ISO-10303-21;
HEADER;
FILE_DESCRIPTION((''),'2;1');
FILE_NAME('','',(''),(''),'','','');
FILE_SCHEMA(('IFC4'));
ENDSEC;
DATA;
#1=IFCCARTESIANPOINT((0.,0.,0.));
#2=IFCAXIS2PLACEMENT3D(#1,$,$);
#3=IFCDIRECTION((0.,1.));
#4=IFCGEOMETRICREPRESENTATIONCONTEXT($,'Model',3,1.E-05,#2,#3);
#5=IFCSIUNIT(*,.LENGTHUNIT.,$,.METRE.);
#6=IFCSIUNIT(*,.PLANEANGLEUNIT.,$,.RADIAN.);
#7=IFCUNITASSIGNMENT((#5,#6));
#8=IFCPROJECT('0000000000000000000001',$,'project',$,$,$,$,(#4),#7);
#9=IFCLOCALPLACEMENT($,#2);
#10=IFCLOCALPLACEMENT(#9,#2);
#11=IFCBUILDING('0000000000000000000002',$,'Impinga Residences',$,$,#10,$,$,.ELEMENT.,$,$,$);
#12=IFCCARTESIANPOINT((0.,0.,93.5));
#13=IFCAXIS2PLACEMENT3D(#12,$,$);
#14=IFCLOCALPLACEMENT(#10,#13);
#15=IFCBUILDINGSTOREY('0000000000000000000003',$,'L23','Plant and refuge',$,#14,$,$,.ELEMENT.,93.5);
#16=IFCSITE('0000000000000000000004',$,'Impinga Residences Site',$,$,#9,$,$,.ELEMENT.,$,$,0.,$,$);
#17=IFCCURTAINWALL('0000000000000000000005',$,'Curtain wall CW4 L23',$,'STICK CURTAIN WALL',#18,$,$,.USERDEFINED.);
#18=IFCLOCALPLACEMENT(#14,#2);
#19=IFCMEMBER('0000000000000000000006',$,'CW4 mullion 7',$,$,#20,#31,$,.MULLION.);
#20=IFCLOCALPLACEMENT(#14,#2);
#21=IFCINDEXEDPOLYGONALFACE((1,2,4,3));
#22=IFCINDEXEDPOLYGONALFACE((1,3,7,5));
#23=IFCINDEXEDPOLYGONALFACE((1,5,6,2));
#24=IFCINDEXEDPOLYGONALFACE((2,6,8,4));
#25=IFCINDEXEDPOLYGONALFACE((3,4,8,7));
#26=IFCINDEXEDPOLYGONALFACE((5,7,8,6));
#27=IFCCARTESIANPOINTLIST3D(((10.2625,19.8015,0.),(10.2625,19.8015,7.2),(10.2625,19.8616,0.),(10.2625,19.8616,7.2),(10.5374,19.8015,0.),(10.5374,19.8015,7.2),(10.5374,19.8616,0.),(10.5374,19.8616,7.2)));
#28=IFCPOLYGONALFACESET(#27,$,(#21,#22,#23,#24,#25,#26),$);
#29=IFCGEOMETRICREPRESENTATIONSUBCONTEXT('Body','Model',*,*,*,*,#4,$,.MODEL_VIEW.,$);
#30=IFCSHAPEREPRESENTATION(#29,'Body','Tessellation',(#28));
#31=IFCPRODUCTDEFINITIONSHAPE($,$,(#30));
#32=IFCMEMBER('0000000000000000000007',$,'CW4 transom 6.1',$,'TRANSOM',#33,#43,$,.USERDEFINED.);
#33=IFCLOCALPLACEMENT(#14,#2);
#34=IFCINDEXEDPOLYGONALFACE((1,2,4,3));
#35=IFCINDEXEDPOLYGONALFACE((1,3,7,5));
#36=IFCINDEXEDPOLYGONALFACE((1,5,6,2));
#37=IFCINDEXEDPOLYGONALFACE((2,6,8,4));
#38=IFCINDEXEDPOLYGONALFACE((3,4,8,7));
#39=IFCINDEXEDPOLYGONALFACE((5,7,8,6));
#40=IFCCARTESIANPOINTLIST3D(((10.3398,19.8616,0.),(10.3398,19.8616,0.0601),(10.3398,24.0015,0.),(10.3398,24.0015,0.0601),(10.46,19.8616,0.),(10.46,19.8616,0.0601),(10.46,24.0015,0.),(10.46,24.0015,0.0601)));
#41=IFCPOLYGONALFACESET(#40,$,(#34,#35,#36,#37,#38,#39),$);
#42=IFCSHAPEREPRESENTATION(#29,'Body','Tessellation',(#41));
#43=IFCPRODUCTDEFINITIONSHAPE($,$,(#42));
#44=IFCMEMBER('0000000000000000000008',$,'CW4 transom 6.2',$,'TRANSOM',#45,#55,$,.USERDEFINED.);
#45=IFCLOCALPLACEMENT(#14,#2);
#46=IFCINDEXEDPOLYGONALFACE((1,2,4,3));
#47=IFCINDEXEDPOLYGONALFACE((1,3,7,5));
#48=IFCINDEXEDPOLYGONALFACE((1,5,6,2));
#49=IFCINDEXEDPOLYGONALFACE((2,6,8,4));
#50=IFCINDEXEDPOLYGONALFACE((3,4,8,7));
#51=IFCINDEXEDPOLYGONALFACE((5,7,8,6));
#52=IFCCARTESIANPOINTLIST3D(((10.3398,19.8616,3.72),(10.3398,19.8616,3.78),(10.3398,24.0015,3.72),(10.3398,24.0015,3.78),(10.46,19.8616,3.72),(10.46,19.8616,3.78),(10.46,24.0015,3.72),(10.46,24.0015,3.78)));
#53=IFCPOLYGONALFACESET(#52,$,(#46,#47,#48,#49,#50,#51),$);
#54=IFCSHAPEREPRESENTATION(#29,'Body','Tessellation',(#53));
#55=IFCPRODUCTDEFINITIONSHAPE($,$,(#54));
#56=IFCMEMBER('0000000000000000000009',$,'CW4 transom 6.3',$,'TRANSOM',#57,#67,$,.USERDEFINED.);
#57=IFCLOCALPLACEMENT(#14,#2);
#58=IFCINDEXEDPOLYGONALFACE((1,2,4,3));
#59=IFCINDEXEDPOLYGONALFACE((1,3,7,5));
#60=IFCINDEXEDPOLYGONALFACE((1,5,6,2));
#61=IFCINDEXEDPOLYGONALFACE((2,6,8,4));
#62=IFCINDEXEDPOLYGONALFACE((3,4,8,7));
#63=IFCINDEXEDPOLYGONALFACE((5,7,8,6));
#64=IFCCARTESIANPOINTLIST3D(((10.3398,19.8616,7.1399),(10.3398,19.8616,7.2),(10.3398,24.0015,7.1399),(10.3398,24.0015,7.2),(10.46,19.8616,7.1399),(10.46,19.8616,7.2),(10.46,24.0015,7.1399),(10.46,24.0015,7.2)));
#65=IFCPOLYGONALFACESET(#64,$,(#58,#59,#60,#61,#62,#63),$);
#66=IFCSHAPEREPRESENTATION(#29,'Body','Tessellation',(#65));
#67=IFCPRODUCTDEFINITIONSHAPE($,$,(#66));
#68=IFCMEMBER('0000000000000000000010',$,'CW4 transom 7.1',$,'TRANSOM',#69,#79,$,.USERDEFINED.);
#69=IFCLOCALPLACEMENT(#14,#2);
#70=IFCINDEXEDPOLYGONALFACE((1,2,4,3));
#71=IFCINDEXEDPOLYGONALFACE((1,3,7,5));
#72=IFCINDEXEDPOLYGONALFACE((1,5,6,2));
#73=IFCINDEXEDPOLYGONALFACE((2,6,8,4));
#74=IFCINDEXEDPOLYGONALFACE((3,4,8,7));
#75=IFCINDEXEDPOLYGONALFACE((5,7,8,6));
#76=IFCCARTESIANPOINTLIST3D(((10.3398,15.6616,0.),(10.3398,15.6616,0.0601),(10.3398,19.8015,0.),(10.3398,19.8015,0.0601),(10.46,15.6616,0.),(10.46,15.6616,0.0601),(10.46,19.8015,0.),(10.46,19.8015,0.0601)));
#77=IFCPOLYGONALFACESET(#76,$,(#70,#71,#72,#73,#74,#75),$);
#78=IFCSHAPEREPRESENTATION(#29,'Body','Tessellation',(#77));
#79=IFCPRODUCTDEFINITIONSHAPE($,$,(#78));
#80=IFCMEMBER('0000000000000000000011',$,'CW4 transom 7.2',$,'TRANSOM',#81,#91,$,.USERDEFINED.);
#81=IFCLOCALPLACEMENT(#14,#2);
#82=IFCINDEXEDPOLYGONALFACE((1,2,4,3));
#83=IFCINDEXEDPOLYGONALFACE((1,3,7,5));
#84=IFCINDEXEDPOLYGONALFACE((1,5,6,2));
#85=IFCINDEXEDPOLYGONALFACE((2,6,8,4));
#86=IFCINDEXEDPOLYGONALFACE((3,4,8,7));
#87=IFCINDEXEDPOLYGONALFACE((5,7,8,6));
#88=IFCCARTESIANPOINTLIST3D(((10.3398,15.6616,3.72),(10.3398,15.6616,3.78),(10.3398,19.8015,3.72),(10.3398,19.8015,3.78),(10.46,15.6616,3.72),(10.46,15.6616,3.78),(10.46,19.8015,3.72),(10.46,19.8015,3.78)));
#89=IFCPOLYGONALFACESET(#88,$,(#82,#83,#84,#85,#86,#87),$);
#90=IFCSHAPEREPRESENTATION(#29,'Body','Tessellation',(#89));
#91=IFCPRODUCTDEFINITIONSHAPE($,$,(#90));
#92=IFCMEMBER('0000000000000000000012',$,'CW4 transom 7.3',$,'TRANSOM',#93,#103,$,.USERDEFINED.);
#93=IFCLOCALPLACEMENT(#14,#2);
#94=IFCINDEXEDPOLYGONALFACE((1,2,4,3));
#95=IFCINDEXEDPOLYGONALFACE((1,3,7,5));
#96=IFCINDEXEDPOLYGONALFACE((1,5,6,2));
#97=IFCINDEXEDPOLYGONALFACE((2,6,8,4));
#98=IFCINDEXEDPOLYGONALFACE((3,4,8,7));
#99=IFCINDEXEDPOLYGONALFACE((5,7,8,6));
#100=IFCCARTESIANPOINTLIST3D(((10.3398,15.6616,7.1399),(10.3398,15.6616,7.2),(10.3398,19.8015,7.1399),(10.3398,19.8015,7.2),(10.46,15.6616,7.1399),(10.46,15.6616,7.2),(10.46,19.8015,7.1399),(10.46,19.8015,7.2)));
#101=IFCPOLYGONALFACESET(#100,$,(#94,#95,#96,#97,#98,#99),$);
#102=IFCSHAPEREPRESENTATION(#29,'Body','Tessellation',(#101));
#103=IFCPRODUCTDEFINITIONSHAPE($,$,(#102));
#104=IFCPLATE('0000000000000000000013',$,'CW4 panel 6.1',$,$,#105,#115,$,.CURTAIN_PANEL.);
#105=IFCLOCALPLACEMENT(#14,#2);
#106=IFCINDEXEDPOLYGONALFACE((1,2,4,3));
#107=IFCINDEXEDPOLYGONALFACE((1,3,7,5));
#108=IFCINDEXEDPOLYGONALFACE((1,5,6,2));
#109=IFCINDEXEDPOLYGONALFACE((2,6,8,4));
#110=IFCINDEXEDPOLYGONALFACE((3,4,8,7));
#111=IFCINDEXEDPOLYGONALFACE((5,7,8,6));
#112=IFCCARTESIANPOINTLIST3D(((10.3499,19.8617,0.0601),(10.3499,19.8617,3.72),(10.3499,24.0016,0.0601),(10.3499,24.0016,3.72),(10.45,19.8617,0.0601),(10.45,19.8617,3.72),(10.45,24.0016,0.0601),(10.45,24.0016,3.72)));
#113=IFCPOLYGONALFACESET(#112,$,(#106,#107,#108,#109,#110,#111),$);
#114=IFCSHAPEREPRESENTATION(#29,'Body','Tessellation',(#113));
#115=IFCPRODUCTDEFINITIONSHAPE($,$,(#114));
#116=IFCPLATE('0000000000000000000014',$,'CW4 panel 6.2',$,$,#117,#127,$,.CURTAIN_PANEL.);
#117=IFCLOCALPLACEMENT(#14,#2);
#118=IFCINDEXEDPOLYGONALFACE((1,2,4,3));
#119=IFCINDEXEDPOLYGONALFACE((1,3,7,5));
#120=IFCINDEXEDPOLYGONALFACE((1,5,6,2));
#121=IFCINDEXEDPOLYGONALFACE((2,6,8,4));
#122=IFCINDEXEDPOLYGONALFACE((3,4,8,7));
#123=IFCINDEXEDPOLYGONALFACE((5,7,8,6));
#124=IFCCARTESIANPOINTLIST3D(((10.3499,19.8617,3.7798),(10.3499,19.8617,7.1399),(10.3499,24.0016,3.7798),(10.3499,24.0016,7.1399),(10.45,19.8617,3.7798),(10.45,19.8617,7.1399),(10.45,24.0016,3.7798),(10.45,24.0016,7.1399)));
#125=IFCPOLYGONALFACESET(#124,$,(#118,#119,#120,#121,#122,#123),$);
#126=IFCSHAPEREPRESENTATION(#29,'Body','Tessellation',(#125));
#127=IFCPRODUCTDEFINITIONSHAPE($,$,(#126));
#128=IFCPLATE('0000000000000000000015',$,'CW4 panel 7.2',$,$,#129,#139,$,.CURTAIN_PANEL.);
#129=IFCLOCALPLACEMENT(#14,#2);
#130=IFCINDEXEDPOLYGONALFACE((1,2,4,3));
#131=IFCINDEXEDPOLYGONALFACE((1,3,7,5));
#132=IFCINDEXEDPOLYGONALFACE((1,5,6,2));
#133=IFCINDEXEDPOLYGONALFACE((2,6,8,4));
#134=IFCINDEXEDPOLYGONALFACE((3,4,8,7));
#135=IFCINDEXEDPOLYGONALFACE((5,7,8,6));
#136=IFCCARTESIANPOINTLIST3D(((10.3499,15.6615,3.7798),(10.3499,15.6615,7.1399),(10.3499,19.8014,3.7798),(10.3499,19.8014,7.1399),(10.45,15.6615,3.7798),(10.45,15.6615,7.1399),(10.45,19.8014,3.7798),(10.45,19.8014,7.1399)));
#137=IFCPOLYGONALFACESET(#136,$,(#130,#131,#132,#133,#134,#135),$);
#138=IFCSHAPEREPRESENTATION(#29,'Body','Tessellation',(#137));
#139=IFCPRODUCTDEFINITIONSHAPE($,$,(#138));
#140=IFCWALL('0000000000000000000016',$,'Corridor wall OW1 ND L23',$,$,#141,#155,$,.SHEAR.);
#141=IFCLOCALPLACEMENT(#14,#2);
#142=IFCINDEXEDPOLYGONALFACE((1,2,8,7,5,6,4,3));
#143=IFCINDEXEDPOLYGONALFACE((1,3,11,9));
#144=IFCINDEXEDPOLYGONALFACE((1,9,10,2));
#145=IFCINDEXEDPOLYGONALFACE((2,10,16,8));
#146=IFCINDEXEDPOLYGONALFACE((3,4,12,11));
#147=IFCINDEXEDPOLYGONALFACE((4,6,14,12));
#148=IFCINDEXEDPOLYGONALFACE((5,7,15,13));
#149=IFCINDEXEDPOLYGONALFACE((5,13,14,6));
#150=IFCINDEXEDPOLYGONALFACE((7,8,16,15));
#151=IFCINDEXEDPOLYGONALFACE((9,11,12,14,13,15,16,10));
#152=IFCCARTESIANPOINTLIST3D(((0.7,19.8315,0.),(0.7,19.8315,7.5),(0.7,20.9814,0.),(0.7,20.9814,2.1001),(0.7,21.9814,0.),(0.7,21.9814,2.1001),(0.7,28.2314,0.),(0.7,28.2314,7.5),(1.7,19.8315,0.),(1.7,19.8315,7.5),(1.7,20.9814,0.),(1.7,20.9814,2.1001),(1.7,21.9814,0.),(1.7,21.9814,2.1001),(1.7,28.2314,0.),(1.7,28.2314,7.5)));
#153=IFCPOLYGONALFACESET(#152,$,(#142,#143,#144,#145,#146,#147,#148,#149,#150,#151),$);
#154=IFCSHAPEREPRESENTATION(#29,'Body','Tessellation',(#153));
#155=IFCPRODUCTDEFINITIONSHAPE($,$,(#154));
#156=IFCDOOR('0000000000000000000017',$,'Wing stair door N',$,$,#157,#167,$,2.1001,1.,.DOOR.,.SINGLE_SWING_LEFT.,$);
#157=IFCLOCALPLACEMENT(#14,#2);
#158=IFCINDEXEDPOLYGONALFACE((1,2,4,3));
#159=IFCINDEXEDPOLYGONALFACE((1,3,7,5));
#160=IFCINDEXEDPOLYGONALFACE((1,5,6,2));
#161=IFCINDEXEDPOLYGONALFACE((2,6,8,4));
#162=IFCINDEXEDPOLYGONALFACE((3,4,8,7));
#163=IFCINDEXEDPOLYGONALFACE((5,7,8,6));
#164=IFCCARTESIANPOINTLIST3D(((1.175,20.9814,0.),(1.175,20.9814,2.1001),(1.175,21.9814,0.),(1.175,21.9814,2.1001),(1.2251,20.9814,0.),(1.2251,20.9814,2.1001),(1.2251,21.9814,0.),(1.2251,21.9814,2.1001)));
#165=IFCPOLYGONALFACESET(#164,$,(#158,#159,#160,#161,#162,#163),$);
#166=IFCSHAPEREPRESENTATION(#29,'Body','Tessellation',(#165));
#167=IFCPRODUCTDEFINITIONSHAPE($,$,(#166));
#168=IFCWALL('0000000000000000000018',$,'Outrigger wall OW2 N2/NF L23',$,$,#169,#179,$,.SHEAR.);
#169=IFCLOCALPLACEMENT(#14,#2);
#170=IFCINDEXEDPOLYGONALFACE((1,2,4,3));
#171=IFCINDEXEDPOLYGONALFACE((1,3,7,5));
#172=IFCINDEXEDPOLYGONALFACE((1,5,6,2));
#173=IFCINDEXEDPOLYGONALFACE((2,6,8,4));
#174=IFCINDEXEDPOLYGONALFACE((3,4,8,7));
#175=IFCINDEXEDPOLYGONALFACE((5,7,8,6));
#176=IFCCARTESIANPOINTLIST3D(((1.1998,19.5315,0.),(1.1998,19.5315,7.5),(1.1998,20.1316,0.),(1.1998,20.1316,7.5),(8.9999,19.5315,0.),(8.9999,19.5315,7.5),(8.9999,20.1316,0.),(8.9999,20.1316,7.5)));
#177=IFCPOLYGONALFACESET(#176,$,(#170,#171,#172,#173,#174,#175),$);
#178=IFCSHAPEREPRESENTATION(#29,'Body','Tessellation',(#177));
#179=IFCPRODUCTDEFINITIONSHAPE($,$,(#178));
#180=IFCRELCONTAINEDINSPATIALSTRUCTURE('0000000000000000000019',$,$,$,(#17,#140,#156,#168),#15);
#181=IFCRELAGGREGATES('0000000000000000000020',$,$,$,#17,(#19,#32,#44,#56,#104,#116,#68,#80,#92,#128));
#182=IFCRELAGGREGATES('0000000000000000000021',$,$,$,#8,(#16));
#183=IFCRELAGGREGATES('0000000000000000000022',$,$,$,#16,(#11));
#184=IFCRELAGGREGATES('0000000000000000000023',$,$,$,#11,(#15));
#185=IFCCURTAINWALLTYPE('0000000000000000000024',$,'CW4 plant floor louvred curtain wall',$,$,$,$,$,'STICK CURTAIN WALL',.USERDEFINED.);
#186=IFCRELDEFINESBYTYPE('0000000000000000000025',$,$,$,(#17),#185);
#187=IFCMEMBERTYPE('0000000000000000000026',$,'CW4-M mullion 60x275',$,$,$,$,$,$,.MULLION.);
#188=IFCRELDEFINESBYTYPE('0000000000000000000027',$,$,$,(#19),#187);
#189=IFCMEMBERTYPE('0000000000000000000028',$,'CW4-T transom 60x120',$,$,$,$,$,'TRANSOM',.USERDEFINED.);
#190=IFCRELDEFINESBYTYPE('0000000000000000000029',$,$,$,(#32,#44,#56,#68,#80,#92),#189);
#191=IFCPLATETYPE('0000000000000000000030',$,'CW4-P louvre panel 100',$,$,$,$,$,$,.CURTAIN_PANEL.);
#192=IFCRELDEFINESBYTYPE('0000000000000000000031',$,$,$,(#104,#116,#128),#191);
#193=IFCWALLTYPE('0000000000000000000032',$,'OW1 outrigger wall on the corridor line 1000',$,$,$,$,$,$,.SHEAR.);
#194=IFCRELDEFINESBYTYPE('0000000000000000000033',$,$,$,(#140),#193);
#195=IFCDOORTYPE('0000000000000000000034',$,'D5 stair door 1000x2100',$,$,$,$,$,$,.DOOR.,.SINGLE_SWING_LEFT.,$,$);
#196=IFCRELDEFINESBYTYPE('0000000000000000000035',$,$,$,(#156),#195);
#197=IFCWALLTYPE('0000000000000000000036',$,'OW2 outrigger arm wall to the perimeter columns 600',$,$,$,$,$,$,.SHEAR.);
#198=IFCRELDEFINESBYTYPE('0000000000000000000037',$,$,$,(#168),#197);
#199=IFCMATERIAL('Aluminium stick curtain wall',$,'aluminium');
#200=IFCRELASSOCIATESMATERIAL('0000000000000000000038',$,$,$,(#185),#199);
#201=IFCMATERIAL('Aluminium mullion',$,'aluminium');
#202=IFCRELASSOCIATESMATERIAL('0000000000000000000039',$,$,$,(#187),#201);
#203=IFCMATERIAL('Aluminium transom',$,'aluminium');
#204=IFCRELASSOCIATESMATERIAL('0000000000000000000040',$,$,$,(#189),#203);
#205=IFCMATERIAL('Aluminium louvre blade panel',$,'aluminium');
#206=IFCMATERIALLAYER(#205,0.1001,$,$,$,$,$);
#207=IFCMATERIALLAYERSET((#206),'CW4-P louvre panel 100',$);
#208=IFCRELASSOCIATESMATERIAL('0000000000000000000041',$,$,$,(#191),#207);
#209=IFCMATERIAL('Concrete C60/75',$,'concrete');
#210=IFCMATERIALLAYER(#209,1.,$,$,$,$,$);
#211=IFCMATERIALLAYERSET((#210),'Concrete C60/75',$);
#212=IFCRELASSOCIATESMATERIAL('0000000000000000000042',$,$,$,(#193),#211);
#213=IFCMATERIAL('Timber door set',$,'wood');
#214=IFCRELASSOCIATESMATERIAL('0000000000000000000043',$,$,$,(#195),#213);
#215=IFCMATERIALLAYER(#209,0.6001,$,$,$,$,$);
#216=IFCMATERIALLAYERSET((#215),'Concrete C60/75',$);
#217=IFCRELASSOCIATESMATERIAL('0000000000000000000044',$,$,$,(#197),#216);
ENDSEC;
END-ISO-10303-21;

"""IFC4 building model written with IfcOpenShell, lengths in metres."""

from ifc_helpers import new_model, si_unit, direction, frame, frame_2d, origin, origin_2d, place, context, subcontext, project, spatial, rectangle, extrude, material, layer, layer_set, material_profile, profile_set, type_object, element, fill, aggregate, save


model = new_model("IFC4")

# Units and contexts
model_context = context("Model", 3, precision=1e-05, world=origin(), true_north=direction((0.0, 1.0)))
body_context = subcontext(model_context, "Body", "Model", "MODEL_VIEW")
ifc_project = project(units=[si_unit("LENGTHUNIT", "METRE"), si_unit("PLANEANGLEUNIT", "RADIAN")], contexts=[model_context])

# Site, building, storey
site_placement = place(None, origin())
site = spatial("IfcSite", under=ifc_project, at=site_placement, Name="Impinga Residences Site", CompositionType="ELEMENT", RefElevation=0.0)
building_placement = place(site_placement, origin())
building = spatial("IfcBuilding", under=site, at=building_placement, Name="Impinga Residences", CompositionType="ELEMENT")
storey_placement = place(building_placement, frame((0.0, 0.0, 93.5)))
storey = spatial("IfcBuildingStorey", under=building, at=storey_placement, Name="L23", Description="Plant and refuge", CompositionType="ELEMENT", Elevation=93.5)

# Curtain wall, members, plates
ifc_material_1 = material(Name="Aluminium stick curtain wall", Category="aluminium")
curtain_wall_type = type_object("IfcCurtainWallType", Name="CW4 plant floor louvred curtain wall", ElementType="STICK CURTAIN WALL", PredefinedType="USERDEFINED", material=ifc_material_1)
curtain_wall_placement = place(storey_placement, origin())
curtain_wall = element("IfcCurtainWall", 1, at=curtain_wall_placement, inside=storey, type_object=curtain_wall_type, Name="Curtain wall CW4 L23", ObjectType="STICK CURTAIN WALL", PredefinedType="USERDEFINED")
ifc_material_2 = material(Name="Aluminium mullion", Category="aluminium")
ifc_material_profile_1 = material_profile(ifc_material_2, rectangle(XDim=0.0601, YDim=0.2749, at=origin_2d()), Name="60x275 mullion")
ifc_profile_set_1 = profile_set([ifc_material_profile_1], Name="Aluminium mullion")
member_type_1 = type_object("IfcMemberType", Name="CW4-M mullion 60x275", PredefinedType="MULLION", material=ifc_profile_set_1)
member_1_placement = place(storey_placement, frame((10.3999, 19.8315, 0.0), z_axis=(0.0, 0.0, 1.0), x_axis=(0.0, -1.0, 0.0)))
member_1 = element("IfcMember", 2, at=member_1_placement, type_object=member_type_1, Name="CW4 mullion 7", PredefinedType="MULLION", context=body_context, shape_type="SweptSolid", body=[
    extrude(rectangle(XDim=0.0601, YDim=0.2749, at=origin_2d()), origin(), (0.0, 0.0, 1.0), 7.2),
])
ifc_material_3 = material(Name="Aluminium transom", Category="aluminium")
ifc_material_profile_2 = material_profile(ifc_material_3, rectangle(XDim=0.0601, YDim=0.1201, at=origin_2d()), Name="60x120 transom")
ifc_profile_set_2 = profile_set([ifc_material_profile_2], Name="Aluminium transom")
member_type_2 = type_object("IfcMemberType", Name="CW4-T transom 60x120", ElementType="TRANSOM", PredefinedType="USERDEFINED", material=ifc_profile_set_2)
member_2_placement = place(storey_placement, frame((10.3999, 24.0015, 0.03), z_axis=(0.0, -1.0, 0.0), x_axis=(0.0, 0.0, 1.0)))
member_2 = element("IfcMember", 3, at=member_2_placement, type_object=member_type_2, Name="CW4 transom 6.1", ObjectType="TRANSOM", PredefinedType="USERDEFINED", context=body_context, shape_type="SweptSolid", body=[
    extrude(rectangle(XDim=0.0601, YDim=0.1201, at=origin_2d()), origin(), (0.0, 0.0, 1.0), 4.1399),
])
member_3_placement = place(storey_placement, frame((10.3999, 24.0015, 3.75), z_axis=(0.0, -1.0, 0.0), x_axis=(0.0, 0.0, 1.0)))
member_3 = element("IfcMember", 4, at=member_3_placement, type_object=member_type_2, Name="CW4 transom 6.2", ObjectType="TRANSOM", PredefinedType="USERDEFINED", context=body_context, shape_type="SweptSolid", body=[
    extrude(rectangle(XDim=0.0601, YDim=0.1201, at=origin_2d()), origin(), (0.0, 0.0, 1.0), 4.1399),
])
member_4_placement = place(storey_placement, frame((10.3999, 24.0015, 7.1699), z_axis=(0.0, -1.0, 0.0), x_axis=(0.0, 0.0, 1.0)))
member_4 = element("IfcMember", 5, at=member_4_placement, type_object=member_type_2, Name="CW4 transom 6.3", ObjectType="TRANSOM", PredefinedType="USERDEFINED", context=body_context, shape_type="SweptSolid", body=[
    extrude(rectangle(XDim=0.0601, YDim=0.1201, at=origin_2d()), origin(), (0.0, 0.0, 1.0), 4.1399),
])
member_5_placement = place(storey_placement, frame((10.3999, 19.8015, 0.03), z_axis=(0.0, -1.0, 0.0), x_axis=(0.0, 0.0, 1.0)))
member_5 = element("IfcMember", 6, at=member_5_placement, type_object=member_type_2, Name="CW4 transom 7.1", ObjectType="TRANSOM", PredefinedType="USERDEFINED", context=body_context, shape_type="SweptSolid", body=[
    extrude(rectangle(XDim=0.0601, YDim=0.1201, at=origin_2d()), origin(), (0.0, 0.0, 1.0), 4.1399),
])
member_6_placement = place(storey_placement, frame((10.3999, 19.8015, 3.75), z_axis=(0.0, -1.0, 0.0), x_axis=(0.0, 0.0, 1.0)))
member_6 = element("IfcMember", 7, at=member_6_placement, type_object=member_type_2, Name="CW4 transom 7.2", ObjectType="TRANSOM", PredefinedType="USERDEFINED", context=body_context, shape_type="SweptSolid", body=[
    extrude(rectangle(XDim=0.0601, YDim=0.1201, at=origin_2d()), origin(), (0.0, 0.0, 1.0), 4.1399),
])
member_7_placement = place(storey_placement, frame((10.3999, 19.8015, 7.1699), z_axis=(0.0, -1.0, 0.0), x_axis=(0.0, 0.0, 1.0)))
member_7 = element("IfcMember", 8, at=member_7_placement, type_object=member_type_2, Name="CW4 transom 7.3", ObjectType="TRANSOM", PredefinedType="USERDEFINED", context=body_context, shape_type="SweptSolid", body=[
    extrude(rectangle(XDim=0.0601, YDim=0.1201, at=origin_2d()), origin(), (0.0, 0.0, 1.0), 4.1399),
])
ifc_material_4 = material(Name="Aluminium louvre blade panel", Category="aluminium")
ifc_layer_1 = layer(ifc_material_4, 0.1001)
ifc_layer_set_1 = layer_set([ifc_layer_1], Name="CW4-P louvre panel 100")
plate_type = type_object("IfcPlateType", Name="CW4-P louvre panel 100", PredefinedType="CURTAIN_PANEL", material=ifc_layer_set_1)
plate_1_placement = place(storey_placement, frame((10.3999, 21.9316, 0.0601), z_axis=(0.0, 0.0, 1.0), x_axis=(0.0, -1.0, 0.0)))
plate_1 = element("IfcPlate", 9, at=plate_1_placement, type_object=plate_type, Name="CW4 panel 6.1", PredefinedType="CURTAIN_PANEL", context=body_context, shape_type="SweptSolid", body=[
    extrude(rectangle(XDim=4.1399, YDim=0.1001, at=origin_2d()), origin(), (0.0, 0.0, 1.0), 3.6599),
])
plate_2_placement = place(storey_placement, frame((10.3999, 21.9316, 3.7798), z_axis=(0.0, 0.0, 1.0), x_axis=(0.0, -1.0, 0.0)))
plate_2 = element("IfcPlate", 10, at=plate_2_placement, type_object=plate_type, Name="CW4 panel 6.2", PredefinedType="CURTAIN_PANEL", context=body_context, shape_type="SweptSolid", body=[
    extrude(rectangle(XDim=4.1399, YDim=0.1001, at=origin_2d()), origin(), (0.0, 0.0, 1.0), 3.3601),
])
plate_3_placement = place(storey_placement, frame((10.3999, 17.7314, 3.7798), z_axis=(0.0, 0.0, 1.0), x_axis=(0.0, -1.0, 0.0)))
plate_3 = element("IfcPlate", 11, at=plate_3_placement, type_object=plate_type, Name="CW4 panel 7.2", PredefinedType="CURTAIN_PANEL", context=body_context, shape_type="SweptSolid", body=[
    extrude(rectangle(XDim=4.1399, YDim=0.1001, at=origin_2d()), origin(), (0.0, 0.0, 1.0), 3.3601),
])
aggregate(curtain_wall, [member_1, member_2, member_3, member_4, plate_1, plate_2, member_5, member_6, member_7, plate_3])

# Wall, opening, door
ifc_material_5 = material(Name="Concrete C60/75", Category="concrete")
ifc_layer_2 = layer(ifc_material_5, 1.0)
ifc_layer_set_2 = layer_set([ifc_layer_2], Name="Concrete C60/75")
wall_type_1 = type_object("IfcWallType", Name="OW1 outrigger wall on the corridor line 1000", PredefinedType="SHEAR", material=ifc_layer_set_2)
wall_1_placement = place(storey_placement, frame((1.2, 19.8315, 0.0), z_axis=(0.0, 0.0, 1.0), x_axis=(0.0, 1.0, 0.0)))
wall_1 = element("IfcWall", 12, at=wall_1_placement, inside=storey, type_object=wall_type_1, Name="Corridor wall OW1 ND L23", PredefinedType="SHEAR", context=body_context, shape_type="SweptSolid", body=[
    extrude(rectangle(XDim=8.3999, YDim=1.0, at=frame_2d((4.2, 0.0))), origin(), (0.0, 0.0, 1.0), 7.5),
])
opening_placement = place(wall_1_placement, frame((1.1499, 0.0, 0.0)))
opening = element("IfcOpeningElement", 13, at=opening_placement, cuts=wall_1, PredefinedType="OPENING", context=body_context, shape_type="SweptSolid", body=[
    extrude(rectangle(XDim=1.0, YDim=2.1001, at=frame_2d((0.5, 1.05))), frame((0.0, 0.51, 0.0), z_axis=(0.0, -1.0, 0.0), x_axis=(1.0, 0.0, 0.0)), (0.0, 0.0, 1.0), 1.02),
])
ifc_material_6 = material(Name="Timber door set", Category="wood")
door_type = type_object("IfcDoorType", Name="D5 stair door 1000x2100", OperationType="SINGLE_SWING_LEFT", PredefinedType="DOOR", material=ifc_material_6)
door_placement = place(opening_placement, origin())
door = element("IfcDoor", 14, at=door_placement, inside=storey, type_object=door_type, Name="Wing stair door N", OperationType="SINGLE_SWING_LEFT", OverallHeight=2.1001, OverallWidth=1.0, PredefinedType="DOOR", context=body_context, shape_type="SweptSolid", body=[
    extrude(rectangle(XDim=1.0, YDim=2.1001, at=frame_2d((0.5, 1.05))), frame((0.0, 0.0249, 0.0), z_axis=(0.0, -1.0, 0.0), x_axis=(1.0, 0.0, 0.0)), (0.0, 0.0, 1.0), 0.05),
])
fill(opening, door)

# Wall
ifc_layer_3 = layer(ifc_material_5, 0.6001)
ifc_layer_set_3 = layer_set([ifc_layer_3], Name="Concrete C60/75")
wall_type_2 = type_object("IfcWallType", Name="OW2 outrigger arm wall to the perimeter columns 600", PredefinedType="SHEAR", material=ifc_layer_set_3)
wall_2_placement = place(storey_placement, frame((1.2, 19.8315, 0.0), z_axis=(0.0, 0.0, 1.0), x_axis=(1.0, 0.0, 0.0)))
element("IfcWall", 15, at=wall_2_placement, inside=storey, type_object=wall_type_2, Name="Outrigger wall OW2 N2/NF L23", PredefinedType="SHEAR", context=body_context, shape_type="SweptSolid", body=[
    extrude(rectangle(XDim=7.8, YDim=0.6001, at=frame_2d((3.8999, 0.0))), origin(), (0.0, 0.0, 1.0), 7.5),
])

save(model, "model.ifc")
